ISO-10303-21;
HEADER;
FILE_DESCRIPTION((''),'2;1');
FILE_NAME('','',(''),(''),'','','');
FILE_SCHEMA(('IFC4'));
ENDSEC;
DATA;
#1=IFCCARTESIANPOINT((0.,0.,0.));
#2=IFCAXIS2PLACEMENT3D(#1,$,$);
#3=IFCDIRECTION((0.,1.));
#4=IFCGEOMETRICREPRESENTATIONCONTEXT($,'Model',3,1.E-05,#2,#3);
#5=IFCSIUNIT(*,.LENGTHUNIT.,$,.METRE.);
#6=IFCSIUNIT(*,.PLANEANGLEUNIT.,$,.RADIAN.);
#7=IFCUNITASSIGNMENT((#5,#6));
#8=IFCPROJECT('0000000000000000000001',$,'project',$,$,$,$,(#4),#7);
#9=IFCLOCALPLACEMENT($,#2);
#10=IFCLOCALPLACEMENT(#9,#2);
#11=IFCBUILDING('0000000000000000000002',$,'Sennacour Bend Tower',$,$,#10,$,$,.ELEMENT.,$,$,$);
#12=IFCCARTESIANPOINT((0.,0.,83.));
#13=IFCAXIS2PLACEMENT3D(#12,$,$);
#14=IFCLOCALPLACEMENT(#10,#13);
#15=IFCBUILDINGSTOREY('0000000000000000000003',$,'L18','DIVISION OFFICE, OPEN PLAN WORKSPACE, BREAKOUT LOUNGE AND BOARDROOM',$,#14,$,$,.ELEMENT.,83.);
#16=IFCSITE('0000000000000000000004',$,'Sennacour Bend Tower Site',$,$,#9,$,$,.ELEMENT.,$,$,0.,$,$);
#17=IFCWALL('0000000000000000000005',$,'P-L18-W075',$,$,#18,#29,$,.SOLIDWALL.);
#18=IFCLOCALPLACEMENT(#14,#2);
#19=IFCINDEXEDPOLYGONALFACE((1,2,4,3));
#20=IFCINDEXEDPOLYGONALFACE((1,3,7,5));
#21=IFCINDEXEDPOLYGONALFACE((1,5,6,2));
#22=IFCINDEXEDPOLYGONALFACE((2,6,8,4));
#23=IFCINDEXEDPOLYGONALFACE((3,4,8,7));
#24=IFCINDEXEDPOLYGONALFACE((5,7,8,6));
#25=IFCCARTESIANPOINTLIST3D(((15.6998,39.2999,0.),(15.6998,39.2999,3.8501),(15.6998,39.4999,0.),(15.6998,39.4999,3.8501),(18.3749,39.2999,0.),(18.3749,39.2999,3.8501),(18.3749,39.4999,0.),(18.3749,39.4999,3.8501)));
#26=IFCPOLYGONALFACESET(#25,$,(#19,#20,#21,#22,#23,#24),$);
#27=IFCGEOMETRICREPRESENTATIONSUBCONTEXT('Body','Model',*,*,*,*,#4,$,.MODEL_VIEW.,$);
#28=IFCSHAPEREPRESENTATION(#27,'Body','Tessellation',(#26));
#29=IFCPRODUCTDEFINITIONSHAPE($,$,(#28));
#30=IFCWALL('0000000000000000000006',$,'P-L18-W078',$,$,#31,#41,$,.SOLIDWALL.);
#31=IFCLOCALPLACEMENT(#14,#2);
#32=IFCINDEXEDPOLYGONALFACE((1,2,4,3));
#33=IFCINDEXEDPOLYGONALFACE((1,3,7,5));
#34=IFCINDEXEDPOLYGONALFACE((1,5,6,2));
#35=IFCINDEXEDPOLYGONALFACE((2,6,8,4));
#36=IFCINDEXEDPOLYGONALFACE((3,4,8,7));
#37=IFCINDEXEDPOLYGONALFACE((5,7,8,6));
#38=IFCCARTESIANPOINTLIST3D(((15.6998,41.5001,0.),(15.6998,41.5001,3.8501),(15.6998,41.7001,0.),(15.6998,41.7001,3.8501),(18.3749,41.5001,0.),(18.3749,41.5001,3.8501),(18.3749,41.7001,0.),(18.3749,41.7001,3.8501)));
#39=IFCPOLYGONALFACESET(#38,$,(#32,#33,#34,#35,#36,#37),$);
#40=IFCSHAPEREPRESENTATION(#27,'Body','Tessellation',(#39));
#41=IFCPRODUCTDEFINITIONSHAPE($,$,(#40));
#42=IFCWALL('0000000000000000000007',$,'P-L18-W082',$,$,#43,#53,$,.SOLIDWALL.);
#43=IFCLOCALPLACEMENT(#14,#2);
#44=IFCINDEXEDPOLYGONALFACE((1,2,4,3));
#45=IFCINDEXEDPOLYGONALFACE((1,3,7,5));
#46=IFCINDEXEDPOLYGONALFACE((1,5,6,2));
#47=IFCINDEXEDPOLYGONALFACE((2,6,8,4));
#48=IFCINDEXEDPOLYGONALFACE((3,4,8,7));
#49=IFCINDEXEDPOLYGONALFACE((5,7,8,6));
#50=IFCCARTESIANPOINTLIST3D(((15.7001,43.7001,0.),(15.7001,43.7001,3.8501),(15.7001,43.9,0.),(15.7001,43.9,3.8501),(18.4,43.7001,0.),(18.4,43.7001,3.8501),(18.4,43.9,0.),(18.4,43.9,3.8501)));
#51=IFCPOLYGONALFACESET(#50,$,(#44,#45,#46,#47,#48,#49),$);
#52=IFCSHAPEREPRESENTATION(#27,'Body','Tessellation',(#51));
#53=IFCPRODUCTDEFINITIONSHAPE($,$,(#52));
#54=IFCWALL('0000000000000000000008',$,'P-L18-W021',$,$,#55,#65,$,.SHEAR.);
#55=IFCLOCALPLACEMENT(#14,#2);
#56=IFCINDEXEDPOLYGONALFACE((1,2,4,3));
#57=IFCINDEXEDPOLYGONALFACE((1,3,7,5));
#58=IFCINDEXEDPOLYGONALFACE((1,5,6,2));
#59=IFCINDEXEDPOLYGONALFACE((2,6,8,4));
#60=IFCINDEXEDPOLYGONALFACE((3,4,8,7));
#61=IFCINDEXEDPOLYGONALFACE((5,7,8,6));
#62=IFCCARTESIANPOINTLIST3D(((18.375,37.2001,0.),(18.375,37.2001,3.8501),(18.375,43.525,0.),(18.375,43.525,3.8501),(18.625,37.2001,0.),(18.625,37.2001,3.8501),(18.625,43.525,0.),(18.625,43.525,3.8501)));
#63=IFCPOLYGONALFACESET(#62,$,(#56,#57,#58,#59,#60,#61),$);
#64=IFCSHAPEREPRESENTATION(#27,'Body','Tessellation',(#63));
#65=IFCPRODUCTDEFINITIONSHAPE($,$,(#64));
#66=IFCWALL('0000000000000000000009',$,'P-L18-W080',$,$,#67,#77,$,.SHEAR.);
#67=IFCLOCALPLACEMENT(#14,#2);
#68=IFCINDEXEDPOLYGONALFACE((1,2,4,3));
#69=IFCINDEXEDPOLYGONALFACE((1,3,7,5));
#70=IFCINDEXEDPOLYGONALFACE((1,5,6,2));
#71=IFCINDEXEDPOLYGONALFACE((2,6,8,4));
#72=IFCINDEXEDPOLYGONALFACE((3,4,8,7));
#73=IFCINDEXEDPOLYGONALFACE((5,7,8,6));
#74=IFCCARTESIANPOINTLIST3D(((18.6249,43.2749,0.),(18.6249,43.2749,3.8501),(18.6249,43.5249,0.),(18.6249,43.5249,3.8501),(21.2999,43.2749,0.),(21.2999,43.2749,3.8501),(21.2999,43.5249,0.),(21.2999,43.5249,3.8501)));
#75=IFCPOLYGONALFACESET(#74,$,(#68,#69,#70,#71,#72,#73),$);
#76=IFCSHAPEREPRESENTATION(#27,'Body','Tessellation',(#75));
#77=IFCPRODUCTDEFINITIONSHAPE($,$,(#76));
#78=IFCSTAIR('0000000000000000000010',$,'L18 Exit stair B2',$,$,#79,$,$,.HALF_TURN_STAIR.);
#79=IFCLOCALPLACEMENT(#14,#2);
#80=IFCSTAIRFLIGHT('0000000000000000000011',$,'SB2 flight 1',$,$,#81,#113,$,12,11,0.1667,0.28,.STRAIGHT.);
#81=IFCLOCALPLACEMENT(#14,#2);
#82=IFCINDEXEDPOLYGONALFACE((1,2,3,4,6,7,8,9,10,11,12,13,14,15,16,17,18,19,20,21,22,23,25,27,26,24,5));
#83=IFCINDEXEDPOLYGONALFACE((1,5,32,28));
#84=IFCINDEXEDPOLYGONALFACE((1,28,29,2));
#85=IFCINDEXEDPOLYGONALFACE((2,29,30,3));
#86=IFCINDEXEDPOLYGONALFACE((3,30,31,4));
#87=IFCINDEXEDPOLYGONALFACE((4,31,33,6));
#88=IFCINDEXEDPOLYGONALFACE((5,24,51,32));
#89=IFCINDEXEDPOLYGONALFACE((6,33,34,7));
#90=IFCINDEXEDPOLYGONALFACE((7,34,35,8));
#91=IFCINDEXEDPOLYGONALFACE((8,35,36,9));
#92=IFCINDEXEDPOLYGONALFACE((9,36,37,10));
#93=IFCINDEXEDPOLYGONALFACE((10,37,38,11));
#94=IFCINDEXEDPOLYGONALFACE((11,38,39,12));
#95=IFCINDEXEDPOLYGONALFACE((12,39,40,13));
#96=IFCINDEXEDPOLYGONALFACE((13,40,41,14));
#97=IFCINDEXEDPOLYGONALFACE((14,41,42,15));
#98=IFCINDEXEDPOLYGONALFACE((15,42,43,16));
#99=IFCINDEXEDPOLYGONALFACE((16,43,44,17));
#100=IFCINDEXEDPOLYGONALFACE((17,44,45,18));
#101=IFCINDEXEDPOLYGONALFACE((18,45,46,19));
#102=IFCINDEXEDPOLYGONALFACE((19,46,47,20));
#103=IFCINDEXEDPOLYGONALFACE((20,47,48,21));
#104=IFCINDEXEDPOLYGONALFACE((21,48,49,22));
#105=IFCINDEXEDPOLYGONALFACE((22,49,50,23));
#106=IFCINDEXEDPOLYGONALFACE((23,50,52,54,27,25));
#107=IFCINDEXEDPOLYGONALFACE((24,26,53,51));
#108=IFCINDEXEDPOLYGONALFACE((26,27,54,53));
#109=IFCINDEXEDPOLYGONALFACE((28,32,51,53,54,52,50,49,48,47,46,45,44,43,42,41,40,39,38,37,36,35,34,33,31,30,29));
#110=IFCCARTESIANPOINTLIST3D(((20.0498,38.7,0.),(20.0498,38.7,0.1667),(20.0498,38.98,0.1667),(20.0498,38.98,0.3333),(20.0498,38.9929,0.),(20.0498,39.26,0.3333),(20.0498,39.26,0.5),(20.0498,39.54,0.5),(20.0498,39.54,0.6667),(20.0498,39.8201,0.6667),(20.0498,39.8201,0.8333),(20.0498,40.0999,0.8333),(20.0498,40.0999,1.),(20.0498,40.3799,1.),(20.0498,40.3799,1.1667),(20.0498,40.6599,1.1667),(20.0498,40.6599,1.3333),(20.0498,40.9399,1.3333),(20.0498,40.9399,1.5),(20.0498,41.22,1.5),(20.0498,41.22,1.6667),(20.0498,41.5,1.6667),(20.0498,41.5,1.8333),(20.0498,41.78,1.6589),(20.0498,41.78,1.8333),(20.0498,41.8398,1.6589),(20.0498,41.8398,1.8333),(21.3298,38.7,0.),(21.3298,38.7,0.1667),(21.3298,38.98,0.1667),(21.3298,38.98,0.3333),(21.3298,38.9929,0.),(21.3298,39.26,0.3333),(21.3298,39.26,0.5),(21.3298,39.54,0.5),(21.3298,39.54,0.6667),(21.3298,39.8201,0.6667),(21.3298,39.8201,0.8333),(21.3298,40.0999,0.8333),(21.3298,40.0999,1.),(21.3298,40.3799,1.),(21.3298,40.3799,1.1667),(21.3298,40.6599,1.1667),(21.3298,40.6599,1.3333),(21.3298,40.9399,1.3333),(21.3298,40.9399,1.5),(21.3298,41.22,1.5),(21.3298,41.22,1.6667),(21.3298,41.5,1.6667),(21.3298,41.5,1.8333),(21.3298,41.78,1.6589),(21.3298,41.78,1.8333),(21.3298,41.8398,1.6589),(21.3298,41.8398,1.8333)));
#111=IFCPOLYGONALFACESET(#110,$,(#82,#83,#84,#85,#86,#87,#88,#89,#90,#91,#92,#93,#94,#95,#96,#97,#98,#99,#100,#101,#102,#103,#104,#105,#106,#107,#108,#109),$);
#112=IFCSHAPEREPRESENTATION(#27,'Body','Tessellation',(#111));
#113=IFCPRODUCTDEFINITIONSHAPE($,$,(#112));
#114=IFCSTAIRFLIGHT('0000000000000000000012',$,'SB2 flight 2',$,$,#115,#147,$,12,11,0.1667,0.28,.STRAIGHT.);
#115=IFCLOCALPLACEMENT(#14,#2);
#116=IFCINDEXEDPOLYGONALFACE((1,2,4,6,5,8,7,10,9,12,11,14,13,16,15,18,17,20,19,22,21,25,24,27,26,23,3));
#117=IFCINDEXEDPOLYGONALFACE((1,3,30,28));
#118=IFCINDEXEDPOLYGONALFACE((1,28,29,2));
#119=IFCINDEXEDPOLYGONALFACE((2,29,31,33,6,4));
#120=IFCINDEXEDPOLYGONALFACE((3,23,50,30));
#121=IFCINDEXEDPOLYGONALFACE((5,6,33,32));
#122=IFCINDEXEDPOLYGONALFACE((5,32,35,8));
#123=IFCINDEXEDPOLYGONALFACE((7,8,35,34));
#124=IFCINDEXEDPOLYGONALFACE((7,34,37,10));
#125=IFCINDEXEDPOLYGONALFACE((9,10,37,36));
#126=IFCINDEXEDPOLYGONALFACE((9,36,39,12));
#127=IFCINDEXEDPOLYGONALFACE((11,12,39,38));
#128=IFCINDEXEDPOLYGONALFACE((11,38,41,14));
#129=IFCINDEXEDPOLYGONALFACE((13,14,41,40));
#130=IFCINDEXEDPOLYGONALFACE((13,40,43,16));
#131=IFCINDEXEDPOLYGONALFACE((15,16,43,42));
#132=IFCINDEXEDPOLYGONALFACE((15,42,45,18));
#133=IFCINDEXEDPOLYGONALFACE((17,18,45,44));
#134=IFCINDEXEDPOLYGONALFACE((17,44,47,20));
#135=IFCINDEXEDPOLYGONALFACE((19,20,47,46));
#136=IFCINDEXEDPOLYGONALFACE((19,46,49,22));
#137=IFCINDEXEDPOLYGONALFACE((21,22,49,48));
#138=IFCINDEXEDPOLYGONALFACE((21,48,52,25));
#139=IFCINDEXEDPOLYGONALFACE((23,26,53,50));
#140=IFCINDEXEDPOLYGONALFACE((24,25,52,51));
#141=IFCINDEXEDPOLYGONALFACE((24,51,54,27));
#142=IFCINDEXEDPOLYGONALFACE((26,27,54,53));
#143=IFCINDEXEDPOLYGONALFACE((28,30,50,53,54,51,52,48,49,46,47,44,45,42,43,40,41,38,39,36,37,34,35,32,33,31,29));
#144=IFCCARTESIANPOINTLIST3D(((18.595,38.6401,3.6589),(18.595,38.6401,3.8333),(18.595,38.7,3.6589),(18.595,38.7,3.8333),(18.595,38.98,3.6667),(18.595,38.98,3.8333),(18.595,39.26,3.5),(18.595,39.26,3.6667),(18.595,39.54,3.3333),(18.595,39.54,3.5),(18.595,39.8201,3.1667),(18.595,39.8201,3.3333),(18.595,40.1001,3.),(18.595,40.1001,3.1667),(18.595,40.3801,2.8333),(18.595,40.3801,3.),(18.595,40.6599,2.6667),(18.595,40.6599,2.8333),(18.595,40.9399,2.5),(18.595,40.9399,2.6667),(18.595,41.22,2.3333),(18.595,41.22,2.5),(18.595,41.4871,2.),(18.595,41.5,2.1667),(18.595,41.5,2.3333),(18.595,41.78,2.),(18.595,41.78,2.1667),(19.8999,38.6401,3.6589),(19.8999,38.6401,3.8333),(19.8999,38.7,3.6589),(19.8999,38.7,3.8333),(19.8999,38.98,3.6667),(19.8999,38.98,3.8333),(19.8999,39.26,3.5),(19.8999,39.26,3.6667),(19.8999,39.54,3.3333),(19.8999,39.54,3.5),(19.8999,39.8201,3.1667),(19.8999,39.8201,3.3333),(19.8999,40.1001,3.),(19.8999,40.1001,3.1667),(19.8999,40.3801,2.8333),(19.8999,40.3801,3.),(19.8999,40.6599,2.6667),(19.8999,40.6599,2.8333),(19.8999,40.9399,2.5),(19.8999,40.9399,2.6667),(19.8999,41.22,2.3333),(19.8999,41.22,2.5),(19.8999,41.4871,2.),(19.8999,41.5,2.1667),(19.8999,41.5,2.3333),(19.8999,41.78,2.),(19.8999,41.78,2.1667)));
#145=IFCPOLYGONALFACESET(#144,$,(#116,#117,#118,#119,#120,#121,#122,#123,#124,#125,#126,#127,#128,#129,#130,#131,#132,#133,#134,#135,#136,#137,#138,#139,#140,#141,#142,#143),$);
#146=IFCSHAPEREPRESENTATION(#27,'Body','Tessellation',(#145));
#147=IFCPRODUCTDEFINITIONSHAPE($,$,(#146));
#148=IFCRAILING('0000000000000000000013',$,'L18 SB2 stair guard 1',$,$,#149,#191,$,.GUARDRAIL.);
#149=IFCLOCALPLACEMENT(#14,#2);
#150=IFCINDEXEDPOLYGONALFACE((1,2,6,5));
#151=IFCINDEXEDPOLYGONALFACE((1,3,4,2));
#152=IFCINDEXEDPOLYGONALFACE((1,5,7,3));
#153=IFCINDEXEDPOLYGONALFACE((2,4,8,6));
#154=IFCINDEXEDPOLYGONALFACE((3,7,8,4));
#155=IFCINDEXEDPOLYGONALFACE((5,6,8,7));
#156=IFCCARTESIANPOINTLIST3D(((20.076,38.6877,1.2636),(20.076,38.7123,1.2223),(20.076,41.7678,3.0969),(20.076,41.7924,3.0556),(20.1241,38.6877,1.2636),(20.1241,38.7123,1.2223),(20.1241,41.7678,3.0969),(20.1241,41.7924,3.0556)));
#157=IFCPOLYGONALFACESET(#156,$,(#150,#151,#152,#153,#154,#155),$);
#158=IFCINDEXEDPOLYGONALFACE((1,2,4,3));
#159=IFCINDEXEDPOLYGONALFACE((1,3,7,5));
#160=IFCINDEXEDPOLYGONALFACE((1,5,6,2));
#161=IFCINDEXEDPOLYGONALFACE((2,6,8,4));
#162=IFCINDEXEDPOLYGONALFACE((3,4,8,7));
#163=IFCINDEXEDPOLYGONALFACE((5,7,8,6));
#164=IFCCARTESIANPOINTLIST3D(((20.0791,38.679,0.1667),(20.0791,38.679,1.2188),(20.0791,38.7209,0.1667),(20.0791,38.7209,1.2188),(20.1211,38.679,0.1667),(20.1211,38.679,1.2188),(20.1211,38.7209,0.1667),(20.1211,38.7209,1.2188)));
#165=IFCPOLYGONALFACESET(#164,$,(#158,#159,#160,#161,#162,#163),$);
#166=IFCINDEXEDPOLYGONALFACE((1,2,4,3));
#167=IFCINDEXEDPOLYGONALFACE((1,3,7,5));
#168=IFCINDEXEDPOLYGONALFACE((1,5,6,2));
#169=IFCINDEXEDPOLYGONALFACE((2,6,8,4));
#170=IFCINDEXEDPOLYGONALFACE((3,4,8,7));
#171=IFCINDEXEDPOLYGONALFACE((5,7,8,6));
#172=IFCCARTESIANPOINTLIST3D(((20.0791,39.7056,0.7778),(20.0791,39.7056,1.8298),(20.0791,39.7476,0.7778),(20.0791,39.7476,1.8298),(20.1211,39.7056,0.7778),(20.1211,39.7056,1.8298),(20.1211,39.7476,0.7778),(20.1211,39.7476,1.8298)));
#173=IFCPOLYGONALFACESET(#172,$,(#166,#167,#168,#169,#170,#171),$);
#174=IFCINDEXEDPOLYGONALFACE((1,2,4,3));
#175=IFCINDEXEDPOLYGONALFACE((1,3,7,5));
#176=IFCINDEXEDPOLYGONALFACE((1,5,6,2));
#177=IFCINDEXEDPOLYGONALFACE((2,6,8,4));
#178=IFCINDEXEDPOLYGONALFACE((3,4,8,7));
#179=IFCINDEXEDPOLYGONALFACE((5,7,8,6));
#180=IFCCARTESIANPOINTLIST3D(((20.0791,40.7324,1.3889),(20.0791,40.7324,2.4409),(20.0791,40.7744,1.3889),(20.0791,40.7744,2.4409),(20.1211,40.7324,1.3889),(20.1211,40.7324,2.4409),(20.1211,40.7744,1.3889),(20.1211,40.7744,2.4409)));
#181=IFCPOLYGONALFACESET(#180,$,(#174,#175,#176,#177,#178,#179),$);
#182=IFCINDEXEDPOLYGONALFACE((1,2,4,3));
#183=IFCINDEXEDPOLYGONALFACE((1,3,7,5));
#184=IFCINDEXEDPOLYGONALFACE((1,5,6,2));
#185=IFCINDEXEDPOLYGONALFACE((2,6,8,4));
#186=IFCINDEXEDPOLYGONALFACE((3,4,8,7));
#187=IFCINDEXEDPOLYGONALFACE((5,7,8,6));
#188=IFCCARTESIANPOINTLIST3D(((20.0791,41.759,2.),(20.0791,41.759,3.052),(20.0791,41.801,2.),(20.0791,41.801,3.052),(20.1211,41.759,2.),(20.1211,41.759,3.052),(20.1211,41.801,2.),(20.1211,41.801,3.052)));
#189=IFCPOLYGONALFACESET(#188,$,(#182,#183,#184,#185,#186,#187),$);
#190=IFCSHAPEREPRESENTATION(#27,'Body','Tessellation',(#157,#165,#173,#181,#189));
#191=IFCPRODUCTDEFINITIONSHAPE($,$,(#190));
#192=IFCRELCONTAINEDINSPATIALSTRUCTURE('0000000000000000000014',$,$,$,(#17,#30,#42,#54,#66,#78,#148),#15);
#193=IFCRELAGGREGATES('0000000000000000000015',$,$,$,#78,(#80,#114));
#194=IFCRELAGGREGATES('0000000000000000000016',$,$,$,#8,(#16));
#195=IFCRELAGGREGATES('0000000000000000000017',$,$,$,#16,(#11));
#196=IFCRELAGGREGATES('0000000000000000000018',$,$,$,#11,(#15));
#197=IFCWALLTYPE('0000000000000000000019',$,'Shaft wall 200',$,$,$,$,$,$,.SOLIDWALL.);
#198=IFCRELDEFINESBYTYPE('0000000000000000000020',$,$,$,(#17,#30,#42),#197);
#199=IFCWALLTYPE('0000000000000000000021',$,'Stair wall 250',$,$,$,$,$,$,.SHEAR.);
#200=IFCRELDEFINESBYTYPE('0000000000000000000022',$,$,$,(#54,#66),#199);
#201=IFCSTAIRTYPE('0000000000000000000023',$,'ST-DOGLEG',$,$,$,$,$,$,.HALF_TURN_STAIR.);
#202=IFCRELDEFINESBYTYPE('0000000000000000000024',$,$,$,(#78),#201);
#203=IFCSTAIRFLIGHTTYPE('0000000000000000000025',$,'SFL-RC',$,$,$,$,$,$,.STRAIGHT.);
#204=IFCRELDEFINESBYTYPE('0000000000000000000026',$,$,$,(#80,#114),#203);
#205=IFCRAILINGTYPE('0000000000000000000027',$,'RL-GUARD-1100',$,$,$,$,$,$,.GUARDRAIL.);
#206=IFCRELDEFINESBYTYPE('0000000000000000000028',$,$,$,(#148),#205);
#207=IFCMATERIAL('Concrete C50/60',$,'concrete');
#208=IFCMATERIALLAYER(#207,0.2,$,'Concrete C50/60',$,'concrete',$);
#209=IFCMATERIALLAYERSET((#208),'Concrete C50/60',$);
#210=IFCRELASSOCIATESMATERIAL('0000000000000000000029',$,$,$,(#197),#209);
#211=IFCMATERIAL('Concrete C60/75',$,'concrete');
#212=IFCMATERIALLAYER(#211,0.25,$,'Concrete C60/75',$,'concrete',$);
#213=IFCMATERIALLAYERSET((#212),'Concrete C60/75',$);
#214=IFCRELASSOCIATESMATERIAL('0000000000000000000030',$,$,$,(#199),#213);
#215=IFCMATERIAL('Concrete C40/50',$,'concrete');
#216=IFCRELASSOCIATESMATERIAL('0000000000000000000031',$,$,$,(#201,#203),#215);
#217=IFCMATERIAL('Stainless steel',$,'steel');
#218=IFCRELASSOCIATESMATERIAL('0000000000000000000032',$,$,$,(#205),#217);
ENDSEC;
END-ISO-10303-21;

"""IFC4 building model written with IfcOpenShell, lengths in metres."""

from ifc_helpers import new_model, si_unit, direction, frame, frame_2d, origin, origin_2d, place, context, subcontext, project, spatial, polyline, rectangle, outline, extrude, material, layer, layer_set, type_object, element, aggregate, save


model = new_model("IFC4")

# Units and contexts
model_context = context("Model", 3, precision=1e-05, world=origin(), true_north=direction((0.0, 1.0)))
body_context = subcontext(model_context, "Body", "Model", "MODEL_VIEW")
ifc_project = project(units=[si_unit("LENGTHUNIT", "METRE"), si_unit("PLANEANGLEUNIT", "RADIAN")], contexts=[model_context])

# Site, building, storey
site_placement = place(None, origin())
site = spatial("IfcSite", under=ifc_project, at=site_placement, Name="Sennacour Bend Tower Site", CompositionType="ELEMENT", RefElevation=0.0)
building_placement = place(site_placement, origin())
building = spatial("IfcBuilding", under=site, at=building_placement, Name="Sennacour Bend Tower", CompositionType="ELEMENT")
storey_placement = place(building_placement, frame((0.0, 0.0, 83.0)))
storey = spatial("IfcBuildingStorey", under=building, at=storey_placement, Name="L18", Description="DIVISION OFFICE, OPEN PLAN WORKSPACE, BREAKOUT LOUNGE AND BOARDROOM", CompositionType="ELEMENT", Elevation=83.0)

# Shared definitions
ifc_material_1 = material(Name="Concrete C50/60", Category="concrete")
ifc_layer_1 = layer(ifc_material_1, 0.2, Name="Concrete C50/60", Category="concrete")
ifc_layer_set_1 = layer_set([ifc_layer_1], Name="Concrete C50/60")
wall_type_1 = type_object("IfcWallType", Name="Shaft wall 200", PredefinedType="SOLIDWALL", material=ifc_layer_set_1)
ifc_material_2 = material(Name="Stainless steel", Category="steel")

# Walls
for number, where, z_axis, x_axis, name in (
    (1, (15.7, 39.3999, 0.0), (0.0, 0.0, 1.0), (1.0, 0.0, 0.0), "P-L18-W075"),
    (2, (15.7, 41.6001, 0.0), (0.0, 0.0, 1.0), (1.0, 0.0, 0.0), "P-L18-W078"),
):
    element("IfcWall", number, at=place(storey_placement, frame(where, z_axis=z_axis, x_axis=x_axis)), inside=storey, type_object=wall_type_1, Name=name, PredefinedType="SOLIDWALL", context=body_context, shape_type="SweptSolid", body=[
        extrude(rectangle(XDim=2.675, YDim=0.2, at=frame_2d((1.3374, 0.0))), origin(), (0.0, 0.0, 1.0), 3.8501),
    ])
wall_1_placement = place(storey_placement, frame((15.7, 43.8, 0.0), z_axis=(0.0, 0.0, 1.0), x_axis=(1.0, 0.0, 0.0)))
element("IfcWall", 3, at=wall_1_placement, inside=storey, type_object=wall_type_1, Name="P-L18-W082", PredefinedType="SOLIDWALL", context=body_context, shape_type="SweptSolid", body=[
    extrude(rectangle(XDim=2.7, YDim=0.2, at=frame_2d((1.3501, 0.0))), origin(), (0.0, 0.0, 1.0), 3.8501),
])
ifc_material_3 = material(Name="Concrete C60/75", Category="concrete")
ifc_layer_2 = layer(ifc_material_3, 0.25, Name="Concrete C60/75", Category="concrete")
ifc_layer_set_2 = layer_set([ifc_layer_2], Name="Concrete C60/75")
wall_type_2 = type_object("IfcWallType", Name="Stair wall 250", PredefinedType="SHEAR", material=ifc_layer_set_2)
wall_2_placement = place(storey_placement, frame((18.5, 37.2, 0.0), z_axis=(0.0, 0.0, 1.0), x_axis=(0.0, 1.0, 0.0)))
element("IfcWall", 4, at=wall_2_placement, inside=storey, type_object=wall_type_2, Name="P-L18-W021", PredefinedType="SHEAR", context=body_context, shape_type="SweptSolid", body=[
    extrude(rectangle(XDim=6.325, YDim=0.25, at=frame_2d((3.1626, 0.0))), origin(), (0.0, 0.0, 1.0), 3.8501),
])
wall_3_placement = place(storey_placement, frame((18.625, 43.3999, 0.0), z_axis=(0.0, 0.0, 1.0), x_axis=(1.0, 0.0, 0.0)))
element("IfcWall", 5, at=wall_3_placement, inside=storey, type_object=wall_type_2, Name="P-L18-W080", PredefinedType="SHEAR", context=body_context, shape_type="SweptSolid", body=[
    extrude(rectangle(XDim=2.675, YDim=0.25, at=frame_2d((1.3374, 0.0))), origin(), (0.0, 0.0, 1.0), 3.8501),
])

# Stair, stair flights
ifc_material_4 = material(Name="Concrete C40/50", Category="concrete")
stair_type = type_object("IfcStairType", Name="ST-DOGLEG", PredefinedType="HALF_TURN_STAIR", material=ifc_material_4)
stair_placement = place(storey_placement, origin())
stair = element("IfcStair", 6, at=stair_placement, inside=storey, type_object=stair_type, Name="L18 Exit stair B2", PredefinedType="HALF_TURN_STAIR")
stair_flight_type = type_object("IfcStairFlightType", Name="SFL-RC", PredefinedType="STRAIGHT", material=ifc_material_4)
stair_flight_1_placement = place(storey_placement, frame((20.6899, 38.7, 0.0), z_axis=(0.0, 0.0, 1.0), x_axis=(0.0, 1.0, 0.0)))
stair_flight_1 = element("IfcStairFlight", 7, at=stair_flight_1_placement, type_object=stair_flight_type, Name="SB2 flight 1", NumberOfRisers=12, NumberOfTreads=11, PredefinedType="STRAIGHT", RiserHeight=0.1667, TreadLength=0.28, context=body_context, shape_type="SweptSolid", body=[
    extrude(outline(polyline([(0.0, 0.0), (0.0, 0.1667), (0.28, 0.1667), (0.28, 0.3333), (0.5601, 0.3333), (0.5601, 0.5), (0.8401, 0.5), (0.8401, 0.6667), (1.1201, 0.6667), (1.1201, 0.8333), (1.3999, 0.8333), (1.3999, 1.0), (1.6799, 1.0), (1.6799, 1.1667), (1.96, 1.1667), (1.96, 1.3333), (2.24, 1.3333), (2.24, 1.5), (2.52, 1.5), (2.52, 1.6667), (2.8, 1.6667), (2.8, 1.8333), (3.0801, 1.8333), (3.1399, 1.8333), (3.1399, 1.6589), (3.0801, 1.6589), (0.293, 0.0), (0.0, 0.0)])), frame((0.0, 0.6401, 0.0), z_axis=(0.0, -1.0, 0.0), x_axis=(1.0, 0.0, 0.0)), (0.0, 0.0, 1.0), 1.28),
])
stair_flight_2_placement = place(storey_placement, frame((19.2476, 41.78, 2.0), z_axis=(0.0, 0.0, 1.0), x_axis=(0.0, -1.0, 0.0)))
stair_flight_2 = element("IfcStairFlight", 8, at=stair_flight_2_placement, type_object=stair_flight_type, Name="SB2 flight 2", NumberOfRisers=12, NumberOfTreads=11, PredefinedType="STRAIGHT", RiserHeight=0.1667, TreadLength=0.28, context=body_context, shape_type="SweptSolid", body=[
    extrude(outline(polyline([(0.0, 0.0), (0.0, 0.1667), (0.28, 0.1667), (0.28, 0.3333), (0.5601, 0.3333), (0.5601, 0.5), (0.8401, 0.5), (0.8401, 0.6667), (1.1201, 0.6667), (1.1201, 0.8333), (1.3999, 0.8333), (1.3999, 1.0), (1.6799, 1.0), (1.6799, 1.1667), (1.96, 1.1667), (1.96, 1.3333), (2.24, 1.3333), (2.24, 1.5), (2.52, 1.5), (2.52, 1.6667), (2.8, 1.6667), (2.8, 1.8333), (3.0801, 1.8333), (3.1399, 1.8333), (3.1399, 1.6589), (3.0801, 1.6589), (0.293, 0.0), (0.0, 0.0)])), frame((0.0, 0.6523, 0.0), z_axis=(0.0, -1.0, 0.0), x_axis=(1.0, 0.0, 0.0)), (0.0, 0.0, 1.0), 1.3049),
])
aggregate(stair, [stair_flight_1, stair_flight_2])

# Railing
railing_type_1 = type_object("IfcRailingType", Name="RL-GUARD-1100", PredefinedType="GUARDRAIL", material=ifc_material_2)
railing_1_placement = place(storey_placement, frame((20.1001, 38.7, 0.1667)))
element("IfcRailing", 9, at=railing_1_placement, inside=storey, type_object=railing_type_1, Name="L18 SB2 stair guard 1", PredefinedType="GUARDRAIL", context=body_context, shape_type="SweptSolid", body=[
    extrude(rectangle(XDim=0.0481, YDim=0.0481, at=origin_2d()), frame((0.0, 0.0, 1.0762), z_axis=(0.0, 0.859309, 0.511458), x_axis=(-1.0, 0.0, 0.0)), (0.0, 0.0, 1.0), 3.5845),
    extrude(rectangle(XDim=0.042, YDim=0.042, at=origin_2d()), origin(), (0.0, 0.0, 1.0), 1.052),
    extrude(rectangle(XDim=0.042, YDim=0.042, at=origin_2d()), frame((0.0, 1.0266, 0.6111)), (0.0, 0.0, 1.0), 1.052),
    extrude(rectangle(XDim=0.042, YDim=0.042, at=origin_2d()), frame((0.0, 2.0535, 1.2222)), (0.0, 0.0, 1.0), 1.052),
    extrude(rectangle(XDim=0.042, YDim=0.042, at=origin_2d()), frame((0.0, 3.0801, 1.8333)), (0.0, 0.0, 1.0), 1.052),
])

save(model, "model.ifc")
